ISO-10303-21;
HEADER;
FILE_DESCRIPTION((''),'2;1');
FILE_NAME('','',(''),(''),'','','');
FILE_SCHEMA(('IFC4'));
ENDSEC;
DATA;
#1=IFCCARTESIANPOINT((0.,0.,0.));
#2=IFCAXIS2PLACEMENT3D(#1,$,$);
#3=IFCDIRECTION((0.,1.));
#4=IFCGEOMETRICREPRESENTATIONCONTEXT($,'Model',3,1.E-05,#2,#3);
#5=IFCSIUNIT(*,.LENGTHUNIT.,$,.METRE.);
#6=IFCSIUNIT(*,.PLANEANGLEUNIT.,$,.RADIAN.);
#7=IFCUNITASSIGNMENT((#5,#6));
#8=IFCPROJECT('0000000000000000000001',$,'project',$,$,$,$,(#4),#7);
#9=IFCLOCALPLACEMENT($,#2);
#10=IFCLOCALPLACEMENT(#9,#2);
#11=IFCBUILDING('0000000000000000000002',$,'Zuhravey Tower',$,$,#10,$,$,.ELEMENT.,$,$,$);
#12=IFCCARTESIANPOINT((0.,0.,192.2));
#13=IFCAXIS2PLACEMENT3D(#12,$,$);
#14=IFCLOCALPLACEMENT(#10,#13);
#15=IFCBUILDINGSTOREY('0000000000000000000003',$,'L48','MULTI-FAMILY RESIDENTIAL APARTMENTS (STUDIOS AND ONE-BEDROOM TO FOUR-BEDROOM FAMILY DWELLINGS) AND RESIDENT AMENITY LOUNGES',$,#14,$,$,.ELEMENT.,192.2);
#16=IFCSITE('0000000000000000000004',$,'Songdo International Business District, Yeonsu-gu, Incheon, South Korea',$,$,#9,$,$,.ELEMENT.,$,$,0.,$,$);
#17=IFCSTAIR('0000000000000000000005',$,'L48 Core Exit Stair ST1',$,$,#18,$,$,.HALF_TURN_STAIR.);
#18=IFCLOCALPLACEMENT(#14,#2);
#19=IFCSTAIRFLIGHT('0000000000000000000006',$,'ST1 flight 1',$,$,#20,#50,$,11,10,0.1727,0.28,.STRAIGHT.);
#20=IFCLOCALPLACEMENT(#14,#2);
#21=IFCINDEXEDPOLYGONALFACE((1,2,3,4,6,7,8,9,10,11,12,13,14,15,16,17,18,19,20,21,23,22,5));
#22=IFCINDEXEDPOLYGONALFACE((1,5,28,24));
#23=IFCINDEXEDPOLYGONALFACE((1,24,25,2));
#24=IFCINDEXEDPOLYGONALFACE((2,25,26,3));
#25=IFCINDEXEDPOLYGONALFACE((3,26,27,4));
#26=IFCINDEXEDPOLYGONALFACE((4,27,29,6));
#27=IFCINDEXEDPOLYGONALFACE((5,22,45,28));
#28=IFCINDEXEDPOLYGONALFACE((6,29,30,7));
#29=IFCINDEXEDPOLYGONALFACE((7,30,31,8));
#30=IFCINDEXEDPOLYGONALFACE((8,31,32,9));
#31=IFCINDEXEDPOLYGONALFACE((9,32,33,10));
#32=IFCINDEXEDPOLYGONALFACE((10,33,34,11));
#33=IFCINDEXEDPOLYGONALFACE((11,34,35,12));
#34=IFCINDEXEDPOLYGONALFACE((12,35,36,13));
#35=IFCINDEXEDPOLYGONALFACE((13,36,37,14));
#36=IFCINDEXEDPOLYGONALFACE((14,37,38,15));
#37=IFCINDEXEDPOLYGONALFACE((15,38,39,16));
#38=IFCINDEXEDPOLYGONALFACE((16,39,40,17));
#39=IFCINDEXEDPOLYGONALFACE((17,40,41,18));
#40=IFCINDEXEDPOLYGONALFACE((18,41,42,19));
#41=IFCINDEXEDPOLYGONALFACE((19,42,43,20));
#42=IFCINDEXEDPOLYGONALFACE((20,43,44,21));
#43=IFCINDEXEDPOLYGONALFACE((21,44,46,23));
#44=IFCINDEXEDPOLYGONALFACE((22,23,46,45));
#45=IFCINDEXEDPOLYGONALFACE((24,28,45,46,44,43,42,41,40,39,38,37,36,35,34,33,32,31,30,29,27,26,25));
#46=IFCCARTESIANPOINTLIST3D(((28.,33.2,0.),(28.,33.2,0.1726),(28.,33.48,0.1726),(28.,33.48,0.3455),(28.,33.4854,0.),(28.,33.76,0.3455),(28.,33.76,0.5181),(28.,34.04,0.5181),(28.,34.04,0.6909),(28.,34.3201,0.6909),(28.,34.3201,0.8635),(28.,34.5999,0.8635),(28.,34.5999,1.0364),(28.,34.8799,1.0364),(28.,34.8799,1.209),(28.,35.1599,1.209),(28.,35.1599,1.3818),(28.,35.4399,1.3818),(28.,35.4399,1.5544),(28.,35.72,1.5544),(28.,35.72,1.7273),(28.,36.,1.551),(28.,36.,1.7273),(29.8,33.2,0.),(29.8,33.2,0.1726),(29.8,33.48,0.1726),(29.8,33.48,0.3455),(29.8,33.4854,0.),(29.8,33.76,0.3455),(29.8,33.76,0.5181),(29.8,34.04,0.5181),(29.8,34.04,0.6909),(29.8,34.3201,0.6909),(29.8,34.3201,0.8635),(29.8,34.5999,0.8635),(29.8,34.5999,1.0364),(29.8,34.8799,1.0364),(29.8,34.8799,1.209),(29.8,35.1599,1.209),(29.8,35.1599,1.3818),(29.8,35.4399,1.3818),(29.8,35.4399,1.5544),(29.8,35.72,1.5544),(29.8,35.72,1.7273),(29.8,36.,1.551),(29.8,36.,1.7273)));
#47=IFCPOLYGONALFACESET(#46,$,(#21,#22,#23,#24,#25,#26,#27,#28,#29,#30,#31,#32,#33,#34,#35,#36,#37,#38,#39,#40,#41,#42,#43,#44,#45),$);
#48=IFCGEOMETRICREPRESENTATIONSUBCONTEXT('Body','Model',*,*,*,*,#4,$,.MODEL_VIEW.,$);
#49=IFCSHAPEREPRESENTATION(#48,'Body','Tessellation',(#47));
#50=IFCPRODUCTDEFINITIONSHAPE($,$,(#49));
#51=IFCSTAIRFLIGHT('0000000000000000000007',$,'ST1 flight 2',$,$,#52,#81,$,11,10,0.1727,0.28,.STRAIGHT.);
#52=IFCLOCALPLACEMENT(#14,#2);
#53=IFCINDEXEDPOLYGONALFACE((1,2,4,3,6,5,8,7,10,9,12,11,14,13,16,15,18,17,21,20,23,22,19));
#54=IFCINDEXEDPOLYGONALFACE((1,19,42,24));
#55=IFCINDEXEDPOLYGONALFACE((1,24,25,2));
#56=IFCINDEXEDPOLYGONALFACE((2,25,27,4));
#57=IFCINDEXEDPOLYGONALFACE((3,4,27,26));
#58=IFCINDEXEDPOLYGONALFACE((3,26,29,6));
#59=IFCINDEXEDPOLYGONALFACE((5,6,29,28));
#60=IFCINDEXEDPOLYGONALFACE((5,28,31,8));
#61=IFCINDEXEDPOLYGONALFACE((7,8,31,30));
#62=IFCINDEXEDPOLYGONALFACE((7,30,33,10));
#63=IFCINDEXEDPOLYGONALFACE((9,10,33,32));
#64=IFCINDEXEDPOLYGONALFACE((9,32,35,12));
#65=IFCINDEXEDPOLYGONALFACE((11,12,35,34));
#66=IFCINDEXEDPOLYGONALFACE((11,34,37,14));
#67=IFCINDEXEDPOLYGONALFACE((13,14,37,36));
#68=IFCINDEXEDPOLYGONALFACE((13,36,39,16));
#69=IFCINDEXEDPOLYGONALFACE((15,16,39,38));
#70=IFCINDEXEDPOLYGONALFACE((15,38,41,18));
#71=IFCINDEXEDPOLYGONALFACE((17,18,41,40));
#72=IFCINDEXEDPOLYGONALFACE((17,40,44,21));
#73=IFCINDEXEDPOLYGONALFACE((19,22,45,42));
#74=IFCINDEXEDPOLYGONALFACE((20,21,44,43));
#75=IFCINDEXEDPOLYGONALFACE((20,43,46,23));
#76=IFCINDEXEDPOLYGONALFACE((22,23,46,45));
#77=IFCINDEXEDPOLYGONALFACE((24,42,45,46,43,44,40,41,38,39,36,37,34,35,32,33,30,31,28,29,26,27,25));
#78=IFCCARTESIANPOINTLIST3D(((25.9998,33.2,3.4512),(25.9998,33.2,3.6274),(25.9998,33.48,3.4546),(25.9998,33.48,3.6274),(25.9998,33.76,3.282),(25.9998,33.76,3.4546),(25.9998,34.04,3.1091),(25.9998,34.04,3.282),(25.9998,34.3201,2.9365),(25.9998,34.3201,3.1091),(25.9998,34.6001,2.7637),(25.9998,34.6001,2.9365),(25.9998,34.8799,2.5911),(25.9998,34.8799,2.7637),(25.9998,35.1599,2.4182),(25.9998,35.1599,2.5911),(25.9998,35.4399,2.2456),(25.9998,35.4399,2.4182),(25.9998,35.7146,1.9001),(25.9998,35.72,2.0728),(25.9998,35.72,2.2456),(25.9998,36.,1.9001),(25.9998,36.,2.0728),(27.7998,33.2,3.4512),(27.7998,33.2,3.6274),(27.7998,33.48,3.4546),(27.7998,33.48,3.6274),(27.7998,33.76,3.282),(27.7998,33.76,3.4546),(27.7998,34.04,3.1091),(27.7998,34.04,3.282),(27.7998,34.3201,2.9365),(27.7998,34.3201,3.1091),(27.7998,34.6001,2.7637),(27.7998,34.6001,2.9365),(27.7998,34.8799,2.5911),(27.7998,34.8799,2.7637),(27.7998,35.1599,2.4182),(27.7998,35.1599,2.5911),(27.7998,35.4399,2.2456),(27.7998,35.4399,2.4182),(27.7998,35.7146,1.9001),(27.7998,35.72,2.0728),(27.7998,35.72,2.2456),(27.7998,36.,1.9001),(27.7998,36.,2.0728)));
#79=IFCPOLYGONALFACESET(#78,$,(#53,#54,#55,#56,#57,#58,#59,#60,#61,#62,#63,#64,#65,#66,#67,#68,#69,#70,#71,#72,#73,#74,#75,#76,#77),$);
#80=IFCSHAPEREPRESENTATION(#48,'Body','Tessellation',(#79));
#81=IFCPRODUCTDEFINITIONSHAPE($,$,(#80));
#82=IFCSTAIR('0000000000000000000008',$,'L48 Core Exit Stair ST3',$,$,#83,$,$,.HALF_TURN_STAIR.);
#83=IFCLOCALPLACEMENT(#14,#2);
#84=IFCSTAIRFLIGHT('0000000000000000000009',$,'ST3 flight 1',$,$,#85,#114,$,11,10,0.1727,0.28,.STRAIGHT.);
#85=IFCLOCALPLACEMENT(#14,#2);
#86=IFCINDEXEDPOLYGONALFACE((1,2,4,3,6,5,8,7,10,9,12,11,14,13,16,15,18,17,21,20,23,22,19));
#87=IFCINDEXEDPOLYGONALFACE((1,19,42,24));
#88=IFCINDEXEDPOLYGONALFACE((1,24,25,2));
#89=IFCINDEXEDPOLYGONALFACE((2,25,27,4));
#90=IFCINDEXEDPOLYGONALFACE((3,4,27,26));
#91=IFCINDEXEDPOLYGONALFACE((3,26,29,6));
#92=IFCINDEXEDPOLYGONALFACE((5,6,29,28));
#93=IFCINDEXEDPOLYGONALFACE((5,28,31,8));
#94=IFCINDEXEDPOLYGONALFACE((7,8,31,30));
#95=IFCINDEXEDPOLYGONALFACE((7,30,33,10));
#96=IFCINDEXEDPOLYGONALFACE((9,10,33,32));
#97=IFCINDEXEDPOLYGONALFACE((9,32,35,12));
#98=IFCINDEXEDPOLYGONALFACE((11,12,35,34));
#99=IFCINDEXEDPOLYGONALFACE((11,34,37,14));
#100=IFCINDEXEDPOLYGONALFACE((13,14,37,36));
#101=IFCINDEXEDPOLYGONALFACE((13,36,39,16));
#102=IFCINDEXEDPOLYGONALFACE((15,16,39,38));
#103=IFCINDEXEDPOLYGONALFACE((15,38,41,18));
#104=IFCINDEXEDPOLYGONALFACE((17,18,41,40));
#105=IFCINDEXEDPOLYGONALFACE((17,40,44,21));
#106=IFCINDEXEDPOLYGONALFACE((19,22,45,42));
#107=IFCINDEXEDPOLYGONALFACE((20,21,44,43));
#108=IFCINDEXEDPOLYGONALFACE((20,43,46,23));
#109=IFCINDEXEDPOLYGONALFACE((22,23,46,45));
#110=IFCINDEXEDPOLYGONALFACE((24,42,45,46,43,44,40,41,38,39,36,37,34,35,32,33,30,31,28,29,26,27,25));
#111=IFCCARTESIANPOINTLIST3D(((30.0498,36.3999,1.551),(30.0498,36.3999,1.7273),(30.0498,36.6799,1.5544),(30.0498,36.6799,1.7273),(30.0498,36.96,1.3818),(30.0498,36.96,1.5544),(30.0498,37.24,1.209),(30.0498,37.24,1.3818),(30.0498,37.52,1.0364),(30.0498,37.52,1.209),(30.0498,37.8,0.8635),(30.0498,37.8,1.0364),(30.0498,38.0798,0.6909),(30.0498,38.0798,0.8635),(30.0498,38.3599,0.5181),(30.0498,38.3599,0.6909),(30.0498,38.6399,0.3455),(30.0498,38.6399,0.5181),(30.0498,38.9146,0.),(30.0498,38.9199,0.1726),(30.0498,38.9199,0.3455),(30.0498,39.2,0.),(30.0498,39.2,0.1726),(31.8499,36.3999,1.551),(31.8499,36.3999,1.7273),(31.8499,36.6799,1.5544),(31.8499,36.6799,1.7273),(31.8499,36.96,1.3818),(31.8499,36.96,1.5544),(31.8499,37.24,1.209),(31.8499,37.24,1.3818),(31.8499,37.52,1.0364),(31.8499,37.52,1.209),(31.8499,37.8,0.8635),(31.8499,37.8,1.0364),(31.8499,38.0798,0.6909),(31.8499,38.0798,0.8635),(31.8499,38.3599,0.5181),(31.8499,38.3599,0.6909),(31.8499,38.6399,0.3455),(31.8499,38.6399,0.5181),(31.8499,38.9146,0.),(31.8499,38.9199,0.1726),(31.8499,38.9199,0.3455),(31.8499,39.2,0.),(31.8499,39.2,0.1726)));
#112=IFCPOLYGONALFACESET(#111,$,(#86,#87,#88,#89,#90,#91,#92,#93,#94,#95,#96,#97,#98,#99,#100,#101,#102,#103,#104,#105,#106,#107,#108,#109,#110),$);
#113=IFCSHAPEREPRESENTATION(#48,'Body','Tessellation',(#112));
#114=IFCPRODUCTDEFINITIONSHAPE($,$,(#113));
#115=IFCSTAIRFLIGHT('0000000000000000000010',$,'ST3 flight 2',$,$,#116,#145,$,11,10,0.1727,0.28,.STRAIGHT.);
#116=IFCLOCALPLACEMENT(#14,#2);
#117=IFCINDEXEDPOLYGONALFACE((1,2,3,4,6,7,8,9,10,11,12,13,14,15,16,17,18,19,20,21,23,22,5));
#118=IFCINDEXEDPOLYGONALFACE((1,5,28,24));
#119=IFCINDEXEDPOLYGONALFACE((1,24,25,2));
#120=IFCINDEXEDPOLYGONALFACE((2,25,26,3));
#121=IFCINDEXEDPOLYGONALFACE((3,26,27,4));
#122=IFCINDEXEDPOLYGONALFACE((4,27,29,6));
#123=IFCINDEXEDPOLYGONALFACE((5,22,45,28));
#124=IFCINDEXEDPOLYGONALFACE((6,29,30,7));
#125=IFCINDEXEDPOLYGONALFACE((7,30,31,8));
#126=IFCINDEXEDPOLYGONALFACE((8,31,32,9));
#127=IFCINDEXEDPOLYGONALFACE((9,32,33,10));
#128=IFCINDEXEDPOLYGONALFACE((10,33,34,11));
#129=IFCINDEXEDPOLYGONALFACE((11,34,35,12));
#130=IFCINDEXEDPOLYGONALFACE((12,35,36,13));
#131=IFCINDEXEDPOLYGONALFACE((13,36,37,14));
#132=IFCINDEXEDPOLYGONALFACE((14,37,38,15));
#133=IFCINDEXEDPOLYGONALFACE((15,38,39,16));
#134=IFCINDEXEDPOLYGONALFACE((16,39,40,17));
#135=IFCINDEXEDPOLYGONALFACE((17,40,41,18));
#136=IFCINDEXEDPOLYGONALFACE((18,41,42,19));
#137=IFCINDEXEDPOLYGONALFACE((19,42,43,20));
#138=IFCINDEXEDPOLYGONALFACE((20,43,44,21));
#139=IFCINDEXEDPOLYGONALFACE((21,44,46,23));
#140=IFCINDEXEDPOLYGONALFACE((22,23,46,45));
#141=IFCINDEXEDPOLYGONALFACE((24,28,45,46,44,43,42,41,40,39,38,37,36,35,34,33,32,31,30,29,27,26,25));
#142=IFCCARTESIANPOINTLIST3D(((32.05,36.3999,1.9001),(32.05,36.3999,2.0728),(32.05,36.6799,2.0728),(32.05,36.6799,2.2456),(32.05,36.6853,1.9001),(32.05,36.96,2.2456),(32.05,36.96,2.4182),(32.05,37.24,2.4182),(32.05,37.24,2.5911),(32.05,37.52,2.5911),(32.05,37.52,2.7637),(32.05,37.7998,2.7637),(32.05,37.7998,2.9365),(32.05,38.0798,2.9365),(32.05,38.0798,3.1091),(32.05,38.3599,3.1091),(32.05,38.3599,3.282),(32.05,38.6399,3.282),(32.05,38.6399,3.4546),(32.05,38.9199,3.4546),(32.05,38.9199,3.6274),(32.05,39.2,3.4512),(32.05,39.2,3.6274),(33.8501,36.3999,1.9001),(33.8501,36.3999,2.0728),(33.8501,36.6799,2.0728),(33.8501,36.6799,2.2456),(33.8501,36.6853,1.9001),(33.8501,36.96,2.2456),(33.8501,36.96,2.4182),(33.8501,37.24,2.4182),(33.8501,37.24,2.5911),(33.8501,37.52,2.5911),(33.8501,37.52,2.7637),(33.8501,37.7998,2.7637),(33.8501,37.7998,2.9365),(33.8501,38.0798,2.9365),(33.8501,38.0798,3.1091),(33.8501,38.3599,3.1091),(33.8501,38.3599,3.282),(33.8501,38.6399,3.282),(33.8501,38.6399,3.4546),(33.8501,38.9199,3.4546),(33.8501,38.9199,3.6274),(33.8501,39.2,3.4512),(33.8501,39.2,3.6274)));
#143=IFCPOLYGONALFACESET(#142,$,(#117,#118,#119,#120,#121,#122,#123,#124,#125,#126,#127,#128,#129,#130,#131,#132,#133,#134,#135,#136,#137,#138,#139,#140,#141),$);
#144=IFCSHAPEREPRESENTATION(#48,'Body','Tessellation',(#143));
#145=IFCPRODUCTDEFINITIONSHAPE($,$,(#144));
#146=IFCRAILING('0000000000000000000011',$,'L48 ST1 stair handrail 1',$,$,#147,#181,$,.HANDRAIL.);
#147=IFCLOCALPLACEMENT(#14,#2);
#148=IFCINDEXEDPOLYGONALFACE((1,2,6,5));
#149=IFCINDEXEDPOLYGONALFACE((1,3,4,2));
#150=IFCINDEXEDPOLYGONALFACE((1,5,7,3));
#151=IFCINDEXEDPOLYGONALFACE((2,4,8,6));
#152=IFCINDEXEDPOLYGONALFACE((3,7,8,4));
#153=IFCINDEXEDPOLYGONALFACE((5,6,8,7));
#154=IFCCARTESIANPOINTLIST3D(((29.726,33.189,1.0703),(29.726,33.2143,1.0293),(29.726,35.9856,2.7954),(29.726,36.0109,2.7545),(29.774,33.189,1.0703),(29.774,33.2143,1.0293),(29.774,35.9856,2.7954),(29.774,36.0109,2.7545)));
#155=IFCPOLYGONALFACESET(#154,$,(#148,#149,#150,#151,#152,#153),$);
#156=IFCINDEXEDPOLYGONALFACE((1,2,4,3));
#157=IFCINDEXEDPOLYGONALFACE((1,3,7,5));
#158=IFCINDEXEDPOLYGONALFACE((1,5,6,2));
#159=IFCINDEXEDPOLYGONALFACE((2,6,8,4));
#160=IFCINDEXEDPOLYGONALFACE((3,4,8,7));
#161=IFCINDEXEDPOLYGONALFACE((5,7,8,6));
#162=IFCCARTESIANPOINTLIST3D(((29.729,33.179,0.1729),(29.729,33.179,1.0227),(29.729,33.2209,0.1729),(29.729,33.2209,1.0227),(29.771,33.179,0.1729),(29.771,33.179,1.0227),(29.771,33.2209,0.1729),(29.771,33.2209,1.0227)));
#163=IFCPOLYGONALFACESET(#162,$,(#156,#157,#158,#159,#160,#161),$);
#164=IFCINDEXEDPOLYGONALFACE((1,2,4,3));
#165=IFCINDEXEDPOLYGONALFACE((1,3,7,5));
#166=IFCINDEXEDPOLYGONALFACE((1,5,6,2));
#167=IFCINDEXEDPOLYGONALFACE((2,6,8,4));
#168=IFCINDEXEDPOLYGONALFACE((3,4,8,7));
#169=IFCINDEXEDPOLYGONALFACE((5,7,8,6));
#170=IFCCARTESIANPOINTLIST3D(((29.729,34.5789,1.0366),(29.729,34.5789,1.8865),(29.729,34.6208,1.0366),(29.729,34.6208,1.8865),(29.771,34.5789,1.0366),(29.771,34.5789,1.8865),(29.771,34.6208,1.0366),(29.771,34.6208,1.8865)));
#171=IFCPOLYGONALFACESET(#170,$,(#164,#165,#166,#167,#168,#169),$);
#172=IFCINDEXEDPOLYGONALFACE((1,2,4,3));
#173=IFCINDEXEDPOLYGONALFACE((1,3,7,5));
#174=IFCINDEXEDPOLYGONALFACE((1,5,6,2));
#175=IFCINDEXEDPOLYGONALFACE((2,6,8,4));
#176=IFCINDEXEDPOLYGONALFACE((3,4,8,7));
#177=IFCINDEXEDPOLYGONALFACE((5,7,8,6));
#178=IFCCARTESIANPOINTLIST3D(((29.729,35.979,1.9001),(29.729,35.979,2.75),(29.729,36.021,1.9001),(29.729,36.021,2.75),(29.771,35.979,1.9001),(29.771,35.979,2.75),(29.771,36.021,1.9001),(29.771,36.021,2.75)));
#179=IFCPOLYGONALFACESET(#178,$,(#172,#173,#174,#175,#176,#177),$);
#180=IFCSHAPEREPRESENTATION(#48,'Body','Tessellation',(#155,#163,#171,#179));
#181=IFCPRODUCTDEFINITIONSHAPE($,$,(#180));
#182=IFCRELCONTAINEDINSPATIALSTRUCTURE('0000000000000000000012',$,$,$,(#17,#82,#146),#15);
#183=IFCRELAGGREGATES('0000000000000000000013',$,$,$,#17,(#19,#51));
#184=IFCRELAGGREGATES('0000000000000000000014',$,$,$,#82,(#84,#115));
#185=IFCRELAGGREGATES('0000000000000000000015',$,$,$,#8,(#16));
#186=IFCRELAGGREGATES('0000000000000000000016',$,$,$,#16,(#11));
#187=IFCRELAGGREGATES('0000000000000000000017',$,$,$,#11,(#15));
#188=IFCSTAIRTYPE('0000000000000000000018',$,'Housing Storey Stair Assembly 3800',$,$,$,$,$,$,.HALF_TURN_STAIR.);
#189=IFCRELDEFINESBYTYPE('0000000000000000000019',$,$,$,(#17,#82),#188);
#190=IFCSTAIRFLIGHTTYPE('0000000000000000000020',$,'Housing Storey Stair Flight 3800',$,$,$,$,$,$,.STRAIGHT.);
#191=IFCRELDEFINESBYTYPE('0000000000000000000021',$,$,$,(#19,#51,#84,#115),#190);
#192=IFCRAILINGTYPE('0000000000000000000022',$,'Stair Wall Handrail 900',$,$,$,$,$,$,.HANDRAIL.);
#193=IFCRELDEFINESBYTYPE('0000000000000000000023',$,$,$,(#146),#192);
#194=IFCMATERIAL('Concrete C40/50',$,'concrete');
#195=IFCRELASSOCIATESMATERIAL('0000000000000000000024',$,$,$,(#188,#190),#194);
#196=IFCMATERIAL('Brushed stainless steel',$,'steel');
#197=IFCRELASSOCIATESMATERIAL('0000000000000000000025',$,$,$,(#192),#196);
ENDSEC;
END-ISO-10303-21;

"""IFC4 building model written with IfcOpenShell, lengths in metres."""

from ifc_helpers import new_model, si_unit, direction, frame, origin, origin_2d, place, context, subcontext, project, spatial, polyline, rectangle, outline, extrude, material, type_object, element, aggregate, save


model = new_model("IFC4")

# Units and contexts
model_context = context("Model", 3, precision=1e-05, world=origin(), true_north=direction((0.0, 1.0)))
body_context = subcontext(model_context, "Body", "Model", "MODEL_VIEW")
ifc_project = project(units=[si_unit("LENGTHUNIT", "METRE"), si_unit("PLANEANGLEUNIT", "RADIAN")], contexts=[model_context])

# Site, building, storey
site_placement = place(None, origin())
site = spatial("IfcSite", under=ifc_project, at=site_placement, Name="Songdo International Business District, Yeonsu-gu, Incheon, South Korea", CompositionType="ELEMENT", RefElevation=0.0)
building_placement = place(site_placement, origin())
building = spatial("IfcBuilding", under=site, at=building_placement, Name="Zuhravey Tower", CompositionType="ELEMENT")
storey_placement = place(building_placement, frame((0.0, 0.0, 192.2)))
storey = spatial("IfcBuildingStorey", under=building, at=storey_placement, Name="L48", Description="MULTI-FAMILY RESIDENTIAL APARTMENTS (STUDIOS AND ONE-BEDROOM TO FOUR-BEDROOM FAMILY DWELLINGS) AND RESIDENT AMENITY LOUNGES", CompositionType="ELEMENT", Elevation=192.2)

# Stairs, stair flights
ifc_material_1 = material(Name="Concrete C40/50", Category="concrete")
stair_type = type_object("IfcStairType", Name="Housing Storey Stair Assembly 3800", PredefinedType="HALF_TURN_STAIR", material=ifc_material_1)
stair_1_placement = place(storey_placement, origin())
stair_1 = element("IfcStair", 1, at=stair_1_placement, inside=storey, type_object=stair_type, Name="L48 Core Exit Stair ST1", PredefinedType="HALF_TURN_STAIR")
stair_flight_type = type_object("IfcStairFlightType", Name="Housing Storey Stair Flight 3800", PredefinedType="STRAIGHT", material=ifc_material_1)
stair_flight_1_placement = place(storey_placement, frame((28.8999, 33.2, 0.0), z_axis=(0.0, 0.0, 1.0), x_axis=(0.0, 1.0, 0.0)))
stair_flight_1 = element("IfcStairFlight", 2, at=stair_flight_1_placement, type_object=stair_flight_type, Name="ST1 flight 1", NumberOfRisers=11, NumberOfTreads=10, PredefinedType="STRAIGHT", RiserHeight=0.1727, TreadLength=0.28, context=body_context, shape_type="SweptSolid", body=[
    extrude(outline(polyline([(0.0, 0.0), (0.0, 0.1726), (0.28, 0.1726), (0.28, 0.3455), (0.5601, 0.3455), (0.5601, 0.5181), (0.8401, 0.5181), (0.8401, 0.6909), (1.1201, 0.6909), (1.1201, 0.8635), (1.3999, 0.8635), (1.3999, 1.0364), (1.6799, 1.0364), (1.6799, 1.209), (1.96, 1.209), (1.96, 1.3818), (2.24, 1.3818), (2.24, 1.5544), (2.52, 1.5544), (2.52, 1.7273), (2.8, 1.7273), (2.8, 1.8999), (2.8, 1.551), (0.2854, 0.0), (0.0, 0.0)])), frame((0.0, 0.8999, 0.0), z_axis=(0.0, -1.0, 0.0), x_axis=(1.0, 0.0, 0.0)), (0.0, 0.0, 1.0), 1.8),
])
stair_flight_2_placement = place(storey_placement, frame((26.8999, 36.0, 1.9001), z_axis=(0.0, 0.0, 1.0), x_axis=(0.0, -1.0, 0.0)))
stair_flight_2 = element("IfcStairFlight", 3, at=stair_flight_2_placement, type_object=stair_flight_type, Name="ST1 flight 2", NumberOfRisers=11, NumberOfTreads=10, PredefinedType="STRAIGHT", RiserHeight=0.1727, TreadLength=0.28, context=body_context, shape_type="SweptSolid", body=[
    extrude(outline(polyline([(0.0, 0.0), (0.0, 0.1726), (0.28, 0.1726), (0.28, 0.3455), (0.5601, 0.3455), (0.5601, 0.5181), (0.8401, 0.5181), (0.8401, 0.6909), (1.1201, 0.6909), (1.1201, 0.8635), (1.3999, 0.8635), (1.3999, 1.0364), (1.6799, 1.0364), (1.6799, 1.209), (1.96, 1.209), (1.96, 1.3818), (2.24, 1.3818), (2.24, 1.5544), (2.52, 1.5544), (2.52, 1.7273), (2.8, 1.7273), (2.8, 1.8999), (2.8, 1.551), (0.2854, 0.0), (0.0, 0.0)])), frame((0.0, 0.8999, 0.0), z_axis=(0.0, -1.0, 0.0), x_axis=(1.0, 0.0, 0.0)), (0.0, 0.0, 1.0), 1.8),
])
aggregate(stair_1, [stair_flight_1, stair_flight_2])
stair_2_placement = place(storey_placement, origin())
stair_2 = element("IfcStair", 4, at=stair_2_placement, inside=storey, type_object=stair_type, Name="L48 Core Exit Stair ST3", PredefinedType="HALF_TURN_STAIR")
stair_flight_3_placement = place(storey_placement, frame((30.95, 39.2, 0.0), z_axis=(0.0, 0.0, 1.0), x_axis=(0.0, -1.0, 0.0)))
stair_flight_3 = element("IfcStairFlight", 5, at=stair_flight_3_placement, type_object=stair_flight_type, Name="ST3 flight 1", NumberOfRisers=11, NumberOfTreads=10, PredefinedType="STRAIGHT", RiserHeight=0.1727, TreadLength=0.28, context=body_context, shape_type="SweptSolid", body=[
    extrude(outline(polyline([(0.0, 0.0), (0.0, 0.1726), (0.28, 0.1726), (0.28, 0.3455), (0.5601, 0.3455), (0.5601, 0.5181), (0.8401, 0.5181), (0.8401, 0.6909), (1.1201, 0.6909), (1.1201, 0.8635), (1.3999, 0.8635), (1.3999, 1.0364), (1.6799, 1.0364), (1.6799, 1.209), (1.96, 1.209), (1.96, 1.3818), (2.24, 1.3818), (2.24, 1.5544), (2.52, 1.5544), (2.52, 1.7273), (2.8, 1.7273), (2.8, 1.8999), (2.8, 1.551), (0.2854, 0.0), (0.0, 0.0)])), frame((0.0, 0.8999, 0.0), z_axis=(0.0, -1.0, 0.0), x_axis=(1.0, 0.0, 0.0)), (0.0, 0.0, 1.0), 1.8),
])
stair_flight_4_placement = place(storey_placement, frame((32.95, 36.3999, 1.9001), z_axis=(0.0, 0.0, 1.0), x_axis=(0.0, 1.0, 0.0)))
stair_flight_4 = element("IfcStairFlight", 6, at=stair_flight_4_placement, type_object=stair_flight_type, Name="ST3 flight 2", NumberOfRisers=11, NumberOfTreads=10, PredefinedType="STRAIGHT", RiserHeight=0.1727, TreadLength=0.28, context=body_context, shape_type="SweptSolid", body=[
    extrude(outline(polyline([(0.0, 0.0), (0.0, 0.1726), (0.28, 0.1726), (0.28, 0.3455), (0.5601, 0.3455), (0.5601, 0.5181), (0.8401, 0.5181), (0.8401, 0.6909), (1.1201, 0.6909), (1.1201, 0.8635), (1.3999, 0.8635), (1.3999, 1.0364), (1.6799, 1.0364), (1.6799, 1.209), (1.96, 1.209), (1.96, 1.3818), (2.24, 1.3818), (2.24, 1.5544), (2.52, 1.5544), (2.52, 1.7273), (2.8, 1.7273), (2.8, 1.8999), (2.8, 1.551), (0.2854, 0.0), (0.0, 0.0)])), frame((0.0, 0.8999, 0.0), z_axis=(0.0, -1.0, 0.0), x_axis=(1.0, 0.0, 0.0)), (0.0, 0.0, 1.0), 1.8),
])
aggregate(stair_2, [stair_flight_3, stair_flight_4])

# Railing
ifc_material_2 = material(Name="Brushed stainless steel", Category="steel")
railing_type_1 = type_object("IfcRailingType", Name="Stair Wall Handrail 900", PredefinedType="HANDRAIL", material=ifc_material_2)
railing_1_placement = place(storey_placement, frame((29.75, 33.2, 0.1729)))
element("IfcRailing", 7, at=railing_1_placement, inside=storey, type_object=railing_type_1, Name="L48 ST1 stair handrail 1", PredefinedType="HANDRAIL", context=body_context, shape_type="SweptSolid", body=[
    extrude(rectangle(XDim=0.0481, YDim=0.0481, at=origin_2d()), frame((0.0, 0.0017, 0.877), z_axis=(0.0, 0.85109, 0.52502), x_axis=(-1.0, 0.0, 0.0)), (0.0, 0.0, 1.0), 3.2859),
    extrude(rectangle(XDim=0.042, YDim=0.042, at=origin_2d()), origin(), (0.0, 0.0, 1.0), 0.8499),
    extrude(rectangle(XDim=0.042, YDim=0.042, at=origin_2d()), frame((0.0, 1.3999, 0.8638)), (0.0, 0.0, 1.0), 0.8499),
    extrude(rectangle(XDim=0.042, YDim=0.042, at=origin_2d()), frame((0.0, 2.8, 1.7273)), (0.0, 0.0, 1.0), 0.8499),
])

save(model, "model.ifc")
